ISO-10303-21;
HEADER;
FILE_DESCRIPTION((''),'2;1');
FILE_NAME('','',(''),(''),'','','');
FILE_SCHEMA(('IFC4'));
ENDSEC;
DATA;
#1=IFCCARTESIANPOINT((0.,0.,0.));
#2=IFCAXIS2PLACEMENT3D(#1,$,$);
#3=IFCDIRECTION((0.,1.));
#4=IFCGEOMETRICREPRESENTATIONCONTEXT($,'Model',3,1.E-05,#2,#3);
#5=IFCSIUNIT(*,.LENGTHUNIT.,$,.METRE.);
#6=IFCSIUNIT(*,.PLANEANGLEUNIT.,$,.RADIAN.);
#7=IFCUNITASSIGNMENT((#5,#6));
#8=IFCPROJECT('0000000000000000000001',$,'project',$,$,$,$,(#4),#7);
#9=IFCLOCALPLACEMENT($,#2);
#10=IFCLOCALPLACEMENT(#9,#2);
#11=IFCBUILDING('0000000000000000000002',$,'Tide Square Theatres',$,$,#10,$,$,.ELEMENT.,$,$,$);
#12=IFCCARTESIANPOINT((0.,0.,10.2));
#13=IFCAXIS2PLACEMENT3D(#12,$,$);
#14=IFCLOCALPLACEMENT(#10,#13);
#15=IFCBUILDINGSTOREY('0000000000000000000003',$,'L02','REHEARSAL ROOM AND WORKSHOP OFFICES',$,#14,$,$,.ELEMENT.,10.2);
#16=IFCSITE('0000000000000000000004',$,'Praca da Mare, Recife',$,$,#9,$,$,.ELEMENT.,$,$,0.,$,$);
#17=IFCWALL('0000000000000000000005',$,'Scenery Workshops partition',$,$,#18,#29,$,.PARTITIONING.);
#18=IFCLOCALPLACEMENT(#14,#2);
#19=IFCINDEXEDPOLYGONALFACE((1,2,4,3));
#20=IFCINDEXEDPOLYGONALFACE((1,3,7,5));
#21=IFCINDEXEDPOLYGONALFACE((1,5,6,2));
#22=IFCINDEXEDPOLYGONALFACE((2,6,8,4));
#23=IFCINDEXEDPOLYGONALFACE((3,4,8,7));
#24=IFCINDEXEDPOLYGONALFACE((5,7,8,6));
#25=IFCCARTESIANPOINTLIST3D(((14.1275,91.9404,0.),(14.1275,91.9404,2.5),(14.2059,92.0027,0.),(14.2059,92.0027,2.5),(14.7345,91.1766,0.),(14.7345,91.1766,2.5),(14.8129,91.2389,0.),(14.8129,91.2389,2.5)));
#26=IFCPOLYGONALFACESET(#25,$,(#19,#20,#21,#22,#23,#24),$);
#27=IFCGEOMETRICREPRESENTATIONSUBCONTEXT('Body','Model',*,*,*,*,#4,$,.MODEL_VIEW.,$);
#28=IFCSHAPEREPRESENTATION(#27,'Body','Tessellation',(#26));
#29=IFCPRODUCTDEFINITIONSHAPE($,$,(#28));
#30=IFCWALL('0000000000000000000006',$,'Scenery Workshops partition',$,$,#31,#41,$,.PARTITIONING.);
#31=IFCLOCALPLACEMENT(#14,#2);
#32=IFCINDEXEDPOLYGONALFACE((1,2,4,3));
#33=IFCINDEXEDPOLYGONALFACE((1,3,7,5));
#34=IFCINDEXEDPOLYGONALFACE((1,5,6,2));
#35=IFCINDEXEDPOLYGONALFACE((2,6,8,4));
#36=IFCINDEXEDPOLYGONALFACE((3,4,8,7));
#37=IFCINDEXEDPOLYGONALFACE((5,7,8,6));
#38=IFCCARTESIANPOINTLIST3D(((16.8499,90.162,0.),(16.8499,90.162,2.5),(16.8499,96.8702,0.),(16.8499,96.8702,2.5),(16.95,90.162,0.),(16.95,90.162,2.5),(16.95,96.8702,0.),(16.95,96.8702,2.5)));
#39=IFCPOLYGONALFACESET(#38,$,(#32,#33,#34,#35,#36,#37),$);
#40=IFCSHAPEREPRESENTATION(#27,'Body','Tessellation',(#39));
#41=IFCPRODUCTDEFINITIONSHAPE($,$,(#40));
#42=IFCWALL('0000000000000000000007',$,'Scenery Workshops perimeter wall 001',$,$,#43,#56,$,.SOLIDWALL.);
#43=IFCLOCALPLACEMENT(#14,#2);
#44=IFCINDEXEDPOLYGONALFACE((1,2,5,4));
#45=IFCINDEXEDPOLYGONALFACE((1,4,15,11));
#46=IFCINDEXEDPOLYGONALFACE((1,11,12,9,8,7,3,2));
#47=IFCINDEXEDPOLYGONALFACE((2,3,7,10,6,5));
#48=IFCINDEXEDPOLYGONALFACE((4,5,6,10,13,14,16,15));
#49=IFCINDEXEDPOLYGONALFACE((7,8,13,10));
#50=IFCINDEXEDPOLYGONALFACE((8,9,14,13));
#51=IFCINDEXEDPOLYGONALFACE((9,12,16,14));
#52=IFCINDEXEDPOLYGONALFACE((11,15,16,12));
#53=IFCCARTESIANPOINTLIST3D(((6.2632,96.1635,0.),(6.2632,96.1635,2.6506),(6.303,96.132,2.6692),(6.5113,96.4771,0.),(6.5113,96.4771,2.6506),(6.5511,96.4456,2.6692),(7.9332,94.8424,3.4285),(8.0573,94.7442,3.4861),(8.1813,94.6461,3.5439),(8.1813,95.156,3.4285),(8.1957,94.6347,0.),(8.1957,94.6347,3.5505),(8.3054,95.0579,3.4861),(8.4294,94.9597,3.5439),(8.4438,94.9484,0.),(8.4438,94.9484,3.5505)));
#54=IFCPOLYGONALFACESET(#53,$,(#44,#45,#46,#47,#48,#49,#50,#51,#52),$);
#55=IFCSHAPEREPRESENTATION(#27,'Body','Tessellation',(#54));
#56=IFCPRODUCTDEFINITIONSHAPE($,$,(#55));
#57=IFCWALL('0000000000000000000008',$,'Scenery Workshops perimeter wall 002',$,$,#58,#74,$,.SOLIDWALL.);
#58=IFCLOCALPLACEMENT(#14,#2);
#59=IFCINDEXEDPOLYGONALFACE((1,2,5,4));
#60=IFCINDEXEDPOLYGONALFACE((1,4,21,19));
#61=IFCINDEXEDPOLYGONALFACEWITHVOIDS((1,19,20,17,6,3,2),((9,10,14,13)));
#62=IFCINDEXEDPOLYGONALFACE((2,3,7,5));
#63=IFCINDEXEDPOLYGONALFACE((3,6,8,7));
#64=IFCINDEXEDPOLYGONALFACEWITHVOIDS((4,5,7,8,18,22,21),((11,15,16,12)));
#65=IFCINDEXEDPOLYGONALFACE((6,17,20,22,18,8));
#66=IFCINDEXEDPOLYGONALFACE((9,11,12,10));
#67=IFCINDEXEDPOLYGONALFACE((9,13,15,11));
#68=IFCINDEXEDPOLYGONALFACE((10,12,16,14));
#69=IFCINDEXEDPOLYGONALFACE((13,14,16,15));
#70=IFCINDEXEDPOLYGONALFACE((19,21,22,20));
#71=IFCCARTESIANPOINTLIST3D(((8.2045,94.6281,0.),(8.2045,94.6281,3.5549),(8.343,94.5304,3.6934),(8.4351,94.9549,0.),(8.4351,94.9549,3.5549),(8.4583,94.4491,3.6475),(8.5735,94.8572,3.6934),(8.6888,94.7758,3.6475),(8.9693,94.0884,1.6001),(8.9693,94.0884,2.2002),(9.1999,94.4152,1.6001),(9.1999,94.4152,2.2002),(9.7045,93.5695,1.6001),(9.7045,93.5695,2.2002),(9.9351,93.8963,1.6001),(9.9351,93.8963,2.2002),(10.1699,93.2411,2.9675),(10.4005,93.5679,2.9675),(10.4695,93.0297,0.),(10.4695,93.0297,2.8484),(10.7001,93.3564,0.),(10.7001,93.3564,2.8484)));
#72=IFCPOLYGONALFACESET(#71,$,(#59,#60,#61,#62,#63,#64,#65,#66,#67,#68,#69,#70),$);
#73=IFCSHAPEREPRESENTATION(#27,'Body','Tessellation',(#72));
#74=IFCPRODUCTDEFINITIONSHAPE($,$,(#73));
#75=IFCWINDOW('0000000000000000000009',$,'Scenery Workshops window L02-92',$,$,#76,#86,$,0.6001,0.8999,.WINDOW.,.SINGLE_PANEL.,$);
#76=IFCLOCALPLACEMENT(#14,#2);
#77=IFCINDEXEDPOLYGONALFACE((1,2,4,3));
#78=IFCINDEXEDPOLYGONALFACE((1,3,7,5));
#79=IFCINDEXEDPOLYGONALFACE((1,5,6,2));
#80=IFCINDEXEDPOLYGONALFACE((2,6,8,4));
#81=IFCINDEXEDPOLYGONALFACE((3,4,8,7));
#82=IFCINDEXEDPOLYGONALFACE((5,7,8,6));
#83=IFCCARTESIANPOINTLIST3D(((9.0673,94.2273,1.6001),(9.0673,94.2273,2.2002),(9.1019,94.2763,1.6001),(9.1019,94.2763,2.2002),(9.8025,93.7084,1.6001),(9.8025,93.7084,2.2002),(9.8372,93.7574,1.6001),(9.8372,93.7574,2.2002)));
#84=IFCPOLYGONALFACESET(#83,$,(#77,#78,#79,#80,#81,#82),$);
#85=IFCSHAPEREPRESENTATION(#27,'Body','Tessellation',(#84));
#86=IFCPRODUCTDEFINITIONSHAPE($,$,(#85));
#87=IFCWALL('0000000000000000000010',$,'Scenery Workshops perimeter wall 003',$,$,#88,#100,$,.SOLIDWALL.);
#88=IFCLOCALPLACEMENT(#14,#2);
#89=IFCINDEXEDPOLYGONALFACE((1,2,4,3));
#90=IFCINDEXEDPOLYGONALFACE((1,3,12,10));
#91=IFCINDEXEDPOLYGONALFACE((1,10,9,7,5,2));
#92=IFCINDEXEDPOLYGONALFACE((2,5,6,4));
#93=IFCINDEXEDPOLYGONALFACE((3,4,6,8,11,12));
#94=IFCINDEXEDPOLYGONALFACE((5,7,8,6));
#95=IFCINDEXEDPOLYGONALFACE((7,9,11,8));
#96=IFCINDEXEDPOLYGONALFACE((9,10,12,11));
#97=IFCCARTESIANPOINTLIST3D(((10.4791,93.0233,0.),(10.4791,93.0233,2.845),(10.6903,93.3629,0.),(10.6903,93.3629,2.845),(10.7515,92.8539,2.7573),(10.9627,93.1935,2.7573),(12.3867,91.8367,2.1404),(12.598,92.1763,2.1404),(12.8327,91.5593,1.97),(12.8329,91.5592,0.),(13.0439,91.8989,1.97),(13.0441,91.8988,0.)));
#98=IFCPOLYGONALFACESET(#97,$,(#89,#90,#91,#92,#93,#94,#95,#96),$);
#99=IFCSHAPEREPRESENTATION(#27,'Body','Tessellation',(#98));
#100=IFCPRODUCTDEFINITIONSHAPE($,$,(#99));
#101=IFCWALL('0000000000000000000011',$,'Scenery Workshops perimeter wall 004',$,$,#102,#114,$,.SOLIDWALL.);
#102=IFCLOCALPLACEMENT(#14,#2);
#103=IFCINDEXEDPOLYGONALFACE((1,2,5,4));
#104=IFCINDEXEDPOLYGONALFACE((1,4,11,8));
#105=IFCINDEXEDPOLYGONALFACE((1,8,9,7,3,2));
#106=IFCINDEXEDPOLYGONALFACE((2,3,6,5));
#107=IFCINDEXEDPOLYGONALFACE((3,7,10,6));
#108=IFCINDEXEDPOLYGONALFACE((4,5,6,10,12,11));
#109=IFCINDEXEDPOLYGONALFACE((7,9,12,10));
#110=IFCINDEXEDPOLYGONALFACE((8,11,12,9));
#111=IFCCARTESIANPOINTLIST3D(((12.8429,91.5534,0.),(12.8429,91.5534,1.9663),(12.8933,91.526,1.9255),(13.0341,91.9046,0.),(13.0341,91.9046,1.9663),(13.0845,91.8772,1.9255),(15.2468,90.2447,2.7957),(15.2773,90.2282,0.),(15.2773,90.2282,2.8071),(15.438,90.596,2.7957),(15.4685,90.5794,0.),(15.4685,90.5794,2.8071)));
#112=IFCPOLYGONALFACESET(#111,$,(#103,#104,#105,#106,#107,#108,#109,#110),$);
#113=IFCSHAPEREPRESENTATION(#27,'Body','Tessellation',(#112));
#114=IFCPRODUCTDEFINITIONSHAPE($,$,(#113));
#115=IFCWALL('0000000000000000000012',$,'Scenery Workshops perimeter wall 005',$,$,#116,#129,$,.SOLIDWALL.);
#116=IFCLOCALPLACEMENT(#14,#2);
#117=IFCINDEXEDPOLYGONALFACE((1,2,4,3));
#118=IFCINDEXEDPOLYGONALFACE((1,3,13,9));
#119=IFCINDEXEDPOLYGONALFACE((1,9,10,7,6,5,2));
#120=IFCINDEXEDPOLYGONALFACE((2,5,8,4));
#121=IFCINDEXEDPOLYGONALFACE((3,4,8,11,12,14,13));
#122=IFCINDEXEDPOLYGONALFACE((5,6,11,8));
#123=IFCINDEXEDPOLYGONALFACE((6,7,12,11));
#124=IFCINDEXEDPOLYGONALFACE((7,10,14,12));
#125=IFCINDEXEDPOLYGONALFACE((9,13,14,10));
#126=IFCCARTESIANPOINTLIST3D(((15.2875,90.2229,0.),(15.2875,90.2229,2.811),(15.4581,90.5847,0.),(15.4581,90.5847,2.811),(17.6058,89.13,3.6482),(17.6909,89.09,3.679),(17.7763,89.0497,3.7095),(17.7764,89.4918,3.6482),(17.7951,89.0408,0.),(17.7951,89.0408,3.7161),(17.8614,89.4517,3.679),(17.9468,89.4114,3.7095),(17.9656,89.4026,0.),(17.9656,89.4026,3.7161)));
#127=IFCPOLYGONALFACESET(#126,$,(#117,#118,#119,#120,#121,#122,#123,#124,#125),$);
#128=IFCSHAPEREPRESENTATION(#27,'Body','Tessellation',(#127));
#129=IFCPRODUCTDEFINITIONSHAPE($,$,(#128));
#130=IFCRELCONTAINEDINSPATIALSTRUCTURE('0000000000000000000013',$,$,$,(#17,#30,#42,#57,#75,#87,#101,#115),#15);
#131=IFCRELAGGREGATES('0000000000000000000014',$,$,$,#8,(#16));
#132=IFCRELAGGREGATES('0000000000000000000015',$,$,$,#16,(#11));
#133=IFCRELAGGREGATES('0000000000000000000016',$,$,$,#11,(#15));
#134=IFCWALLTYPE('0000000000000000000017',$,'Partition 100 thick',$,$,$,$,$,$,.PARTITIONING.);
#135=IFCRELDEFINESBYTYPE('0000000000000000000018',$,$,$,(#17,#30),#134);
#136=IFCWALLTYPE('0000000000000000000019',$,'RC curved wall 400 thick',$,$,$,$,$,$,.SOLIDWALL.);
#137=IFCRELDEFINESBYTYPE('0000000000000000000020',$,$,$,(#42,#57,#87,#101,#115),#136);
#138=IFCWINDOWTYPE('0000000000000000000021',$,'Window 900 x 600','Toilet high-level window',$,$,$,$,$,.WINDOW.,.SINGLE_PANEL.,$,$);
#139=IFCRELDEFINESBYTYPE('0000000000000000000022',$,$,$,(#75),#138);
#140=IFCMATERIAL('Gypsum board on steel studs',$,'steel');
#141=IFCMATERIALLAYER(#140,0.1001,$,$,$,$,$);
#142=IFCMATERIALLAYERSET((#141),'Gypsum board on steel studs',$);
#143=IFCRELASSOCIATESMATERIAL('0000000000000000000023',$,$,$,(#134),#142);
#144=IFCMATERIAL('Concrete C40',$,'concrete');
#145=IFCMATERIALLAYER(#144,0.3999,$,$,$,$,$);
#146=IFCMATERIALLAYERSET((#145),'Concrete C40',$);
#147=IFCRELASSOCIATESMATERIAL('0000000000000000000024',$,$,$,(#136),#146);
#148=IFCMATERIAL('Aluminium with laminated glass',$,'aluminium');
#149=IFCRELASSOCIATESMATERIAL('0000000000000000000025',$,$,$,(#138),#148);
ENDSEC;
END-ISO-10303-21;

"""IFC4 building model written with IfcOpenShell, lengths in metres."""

from ifc_helpers import new_model, si_unit, direction, frame, frame_2d, origin, place, context, subcontext, project, spatial, polyline, rectangle, outline, extrude, material, layer, layer_set, type_object, element, fill, save


model = new_model("IFC4")

# Units and contexts
model_context = context("Model", 3, precision=1e-05, world=origin(), true_north=direction((0.0, 1.0)))
body_context = subcontext(model_context, "Body", "Model", "MODEL_VIEW")
ifc_project = project(units=[si_unit("LENGTHUNIT", "METRE"), si_unit("PLANEANGLEUNIT", "RADIAN")], contexts=[model_context])

# Site, building, storey
site_placement = place(None, origin())
site = spatial("IfcSite", under=ifc_project, at=site_placement, Name="Praca da Mare, Recife", CompositionType="ELEMENT", RefElevation=0.0)
building_placement = place(site_placement, origin())
building = spatial("IfcBuilding", under=site, at=building_placement, Name="Tide Square Theatres", CompositionType="ELEMENT")
storey_placement = place(building_placement, frame((0.0, 0.0, 10.2)))
storey = spatial("IfcBuildingStorey", under=building, at=storey_placement, Name="L02", Description="REHEARSAL ROOM AND WORKSHOP OFFICES", CompositionType="ELEMENT", Elevation=10.2)

# Shared definitions
ifc_material_1 = material(Name="Gypsum board on steel studs", Category="steel")
ifc_layer_1 = layer(ifc_material_1, 0.1001)
ifc_layer_set_1 = layer_set([ifc_layer_1], Name="Gypsum board on steel studs")
wall_type_1 = type_object("IfcWallType", Name="Partition 100 thick", PredefinedType="PARTITIONING", material=ifc_layer_set_1)

# Walls
wall_1_placement = place(storey_placement, frame((14.7737, 91.2078, 0.0), z_axis=(0.0, 0.0, 1.0), x_axis=(-0.622189, 0.782867, 0.0)))
element("IfcWall", 1, at=wall_1_placement, inside=storey, type_object=wall_type_1, Name="Scenery Workshops partition", PredefinedType="PARTITIONING", context=body_context, shape_type="SweptSolid", body=[
    extrude(rectangle(XDim=0.9756, YDim=0.1001, at=frame_2d((0.4878, 0.0))), origin(), (0.0, 0.0, 1.0), 2.5),
])
wall_2_placement = place(storey_placement, frame((16.8999, 96.8701, 0.0), z_axis=(0.0, 0.0, 1.0), x_axis=(0.0, -1.0, 0.0)))
element("IfcWall", 2, at=wall_2_placement, inside=storey, type_object=wall_type_1, Name="Scenery Workshops partition", PredefinedType="PARTITIONING", context=body_context, shape_type="SweptSolid", body=[
    extrude(rectangle(XDim=6.7083, YDim=0.1001, at=frame_2d((3.354, 0.0))), origin(), (0.0, 0.0, 1.0), 2.5),
])
ifc_material_2 = material(Name="Concrete C40", Category="concrete")
ifc_layer_2 = layer(ifc_material_2, 0.3999)
ifc_layer_set_2 = layer_set([ifc_layer_2], Name="Concrete C40")
wall_type_2 = type_object("IfcWallType", Name="RC curved wall 400 thick", PredefinedType="SOLIDWALL", material=ifc_layer_set_2)
wall_3_placement = place(storey_placement, frame((6.3872, 96.3203, 0.0), z_axis=(0.0, 0.0, 1.0), x_axis=(0.784279, -0.620409, 0.0)))
element("IfcWall", 3, at=wall_3_placement, inside=storey, type_object=wall_type_2, Name="Scenery Workshops perimeter wall 001", PredefinedType="SOLIDWALL", context=body_context, shape_type="SweptSolid", body=[
    extrude(outline(polyline([(0.0, 0.0), (2.4641, 0.0), (2.4641, 3.5505), (2.4458, 3.5439), (2.2876, 3.4861), (2.1294, 3.4285), (0.0508, 2.6692), (0.0, 2.6506), (0.0, 0.0)])), frame((0.0, 0.2, 0.0), z_axis=(0.0, -1.0, 0.0), x_axis=(1.0, 0.0, 0.0)), (0.0, 0.0, 1.0), 0.3999),
])

# Wall, opening, window
wall_4_placement = place(storey_placement, frame((8.3198, 94.7915, 0.0), z_axis=(0.0, 0.0, 1.0), x_axis=(0.817029, -0.576597, 0.0)))
wall_4 = element("IfcWall", 4, at=wall_4_placement, inside=storey, type_object=wall_type_2, Name="Scenery Workshops perimeter wall 002", PredefinedType="SOLIDWALL", context=body_context, shape_type="SweptSolid", body=[
    extrude(outline(polyline([(0.0, 0.0), (2.7722, 0.0), (2.7722, 2.8484), (2.4055, 2.9675), (0.3105, 3.6475), (0.1694, 3.6934), (0.0, 3.5549), (0.0, 0.0)])), frame((0.0, 0.2, 0.0), z_axis=(0.0, -1.0, 0.0), x_axis=(1.0, 0.0, 0.0)), (0.0, 0.0, 1.0), 0.3999),
])
opening_1_placement = place(wall_4_placement, frame((0.936, 0.0, 1.6001)))
opening_1 = element("IfcOpeningElement", 5, at=opening_1_placement, cuts=wall_4, PredefinedType="OPENING", context=body_context, shape_type="SweptSolid", body=[
    extrude(rectangle(XDim=0.8999, YDim=0.6001, at=frame_2d((0.45, 0.3))), frame((0.0, 0.21, 0.0), z_axis=(0.0, -1.0, 0.0), x_axis=(1.0, 0.0, 0.0)), (0.0, 0.0, 1.0), 0.4199),
])
ifc_material_3 = material(Name="Aluminium with laminated glass", Category="aluminium")
window_type = type_object("IfcWindowType", Name="Window 900 x 600", Description="Toilet high-level window", PartitioningType="SINGLE_PANEL", PredefinedType="WINDOW", material=ifc_material_3)
window_placement = place(opening_1_placement, origin())
window = element("IfcWindow", 6, at=window_placement, inside=storey, type_object=window_type, Name="Scenery Workshops window L02-92", OverallHeight=0.6001, OverallWidth=0.8999, PartitioningType="SINGLE_PANEL", PredefinedType="WINDOW", context=body_context, shape_type="SweptSolid", body=[
    extrude(rectangle(XDim=0.8999, YDim=0.6001, at=frame_2d((0.45, 0.3))), frame((0.0, 0.03, 0.0), z_axis=(0.0, -1.0, 0.0), x_axis=(1.0, 0.0, 0.0)), (0.0, 0.0, 1.0), 0.0601),
])
fill(opening_1, window)

# Walls
wall_5_placement = place(storey_placement, frame((10.5847, 93.1931, 0.0), z_axis=(0.0, 0.0, 1.0), x_axis=(0.849129, -0.528185, 0.0)))
element("IfcWall", 7, at=wall_5_placement, inside=storey, type_object=wall_type_2, Name="Scenery Workshops perimeter wall 003", PredefinedType="SOLIDWALL", context=body_context, shape_type="SweptSolid", body=[
    extrude(outline(polyline([(0.0, 0.0), (2.772, 0.0), (2.7717, 1.97), (2.2466, 2.1404), (0.3208, 2.7573), (0.0, 2.845), (0.0, 0.0)])), frame((0.0, 0.2, 0.0), z_axis=(0.0, -1.0, 0.0), x_axis=(1.0, 0.0, 0.0)), (0.0, 0.0, 1.0), 0.3999),
])
wall_6_placement = place(storey_placement, frame((12.9385, 91.729, 0.0), z_axis=(0.0, 0.0, 1.0), x_axis=(0.878292, -0.478124, 0.0)))
element("IfcWall", 8, at=wall_6_placement, inside=storey, type_object=wall_type_2, Name="Scenery Workshops perimeter wall 004", PredefinedType="SOLIDWALL", context=body_context, shape_type="SweptSolid", body=[
    extrude(outline(polyline([(0.0, 0.0), (2.7717, 0.0), (2.7717, 2.8071), (2.7371, 2.7957), (0.0574, 1.9255), (0.0, 1.9663), (0.0, 0.0)])), frame((0.0, 0.2, 0.0), z_axis=(0.0, -1.0, 0.0), x_axis=(1.0, 0.0, 0.0)), (0.0, 0.0, 1.0), 0.3999),
])
wall_7_placement = place(storey_placement, frame((15.3728, 90.4038, 0.0), z_axis=(0.0, 0.0, 1.0), x_axis=(0.904527, -0.426416, 0.0)))
element("IfcWall", 9, at=wall_7_placement, inside=storey, type_object=wall_type_2, Name="Scenery Workshops perimeter wall 005", PredefinedType="SOLIDWALL", context=body_context, shape_type="SweptSolid", body=[
    extrude(outline(polyline([(0.0, 0.0), (2.7722, 0.0), (2.7722, 3.7161), (2.7515, 3.7095), (2.657, 3.679), (2.563, 3.6482), (0.0, 2.811), (0.0, 0.0)])), frame((0.0, 0.2, 0.0), z_axis=(0.0, -1.0, 0.0), x_axis=(1.0, 0.0, 0.0)), (0.0, 0.0, 1.0), 0.3999),
])

save(model, "model.ifc")
